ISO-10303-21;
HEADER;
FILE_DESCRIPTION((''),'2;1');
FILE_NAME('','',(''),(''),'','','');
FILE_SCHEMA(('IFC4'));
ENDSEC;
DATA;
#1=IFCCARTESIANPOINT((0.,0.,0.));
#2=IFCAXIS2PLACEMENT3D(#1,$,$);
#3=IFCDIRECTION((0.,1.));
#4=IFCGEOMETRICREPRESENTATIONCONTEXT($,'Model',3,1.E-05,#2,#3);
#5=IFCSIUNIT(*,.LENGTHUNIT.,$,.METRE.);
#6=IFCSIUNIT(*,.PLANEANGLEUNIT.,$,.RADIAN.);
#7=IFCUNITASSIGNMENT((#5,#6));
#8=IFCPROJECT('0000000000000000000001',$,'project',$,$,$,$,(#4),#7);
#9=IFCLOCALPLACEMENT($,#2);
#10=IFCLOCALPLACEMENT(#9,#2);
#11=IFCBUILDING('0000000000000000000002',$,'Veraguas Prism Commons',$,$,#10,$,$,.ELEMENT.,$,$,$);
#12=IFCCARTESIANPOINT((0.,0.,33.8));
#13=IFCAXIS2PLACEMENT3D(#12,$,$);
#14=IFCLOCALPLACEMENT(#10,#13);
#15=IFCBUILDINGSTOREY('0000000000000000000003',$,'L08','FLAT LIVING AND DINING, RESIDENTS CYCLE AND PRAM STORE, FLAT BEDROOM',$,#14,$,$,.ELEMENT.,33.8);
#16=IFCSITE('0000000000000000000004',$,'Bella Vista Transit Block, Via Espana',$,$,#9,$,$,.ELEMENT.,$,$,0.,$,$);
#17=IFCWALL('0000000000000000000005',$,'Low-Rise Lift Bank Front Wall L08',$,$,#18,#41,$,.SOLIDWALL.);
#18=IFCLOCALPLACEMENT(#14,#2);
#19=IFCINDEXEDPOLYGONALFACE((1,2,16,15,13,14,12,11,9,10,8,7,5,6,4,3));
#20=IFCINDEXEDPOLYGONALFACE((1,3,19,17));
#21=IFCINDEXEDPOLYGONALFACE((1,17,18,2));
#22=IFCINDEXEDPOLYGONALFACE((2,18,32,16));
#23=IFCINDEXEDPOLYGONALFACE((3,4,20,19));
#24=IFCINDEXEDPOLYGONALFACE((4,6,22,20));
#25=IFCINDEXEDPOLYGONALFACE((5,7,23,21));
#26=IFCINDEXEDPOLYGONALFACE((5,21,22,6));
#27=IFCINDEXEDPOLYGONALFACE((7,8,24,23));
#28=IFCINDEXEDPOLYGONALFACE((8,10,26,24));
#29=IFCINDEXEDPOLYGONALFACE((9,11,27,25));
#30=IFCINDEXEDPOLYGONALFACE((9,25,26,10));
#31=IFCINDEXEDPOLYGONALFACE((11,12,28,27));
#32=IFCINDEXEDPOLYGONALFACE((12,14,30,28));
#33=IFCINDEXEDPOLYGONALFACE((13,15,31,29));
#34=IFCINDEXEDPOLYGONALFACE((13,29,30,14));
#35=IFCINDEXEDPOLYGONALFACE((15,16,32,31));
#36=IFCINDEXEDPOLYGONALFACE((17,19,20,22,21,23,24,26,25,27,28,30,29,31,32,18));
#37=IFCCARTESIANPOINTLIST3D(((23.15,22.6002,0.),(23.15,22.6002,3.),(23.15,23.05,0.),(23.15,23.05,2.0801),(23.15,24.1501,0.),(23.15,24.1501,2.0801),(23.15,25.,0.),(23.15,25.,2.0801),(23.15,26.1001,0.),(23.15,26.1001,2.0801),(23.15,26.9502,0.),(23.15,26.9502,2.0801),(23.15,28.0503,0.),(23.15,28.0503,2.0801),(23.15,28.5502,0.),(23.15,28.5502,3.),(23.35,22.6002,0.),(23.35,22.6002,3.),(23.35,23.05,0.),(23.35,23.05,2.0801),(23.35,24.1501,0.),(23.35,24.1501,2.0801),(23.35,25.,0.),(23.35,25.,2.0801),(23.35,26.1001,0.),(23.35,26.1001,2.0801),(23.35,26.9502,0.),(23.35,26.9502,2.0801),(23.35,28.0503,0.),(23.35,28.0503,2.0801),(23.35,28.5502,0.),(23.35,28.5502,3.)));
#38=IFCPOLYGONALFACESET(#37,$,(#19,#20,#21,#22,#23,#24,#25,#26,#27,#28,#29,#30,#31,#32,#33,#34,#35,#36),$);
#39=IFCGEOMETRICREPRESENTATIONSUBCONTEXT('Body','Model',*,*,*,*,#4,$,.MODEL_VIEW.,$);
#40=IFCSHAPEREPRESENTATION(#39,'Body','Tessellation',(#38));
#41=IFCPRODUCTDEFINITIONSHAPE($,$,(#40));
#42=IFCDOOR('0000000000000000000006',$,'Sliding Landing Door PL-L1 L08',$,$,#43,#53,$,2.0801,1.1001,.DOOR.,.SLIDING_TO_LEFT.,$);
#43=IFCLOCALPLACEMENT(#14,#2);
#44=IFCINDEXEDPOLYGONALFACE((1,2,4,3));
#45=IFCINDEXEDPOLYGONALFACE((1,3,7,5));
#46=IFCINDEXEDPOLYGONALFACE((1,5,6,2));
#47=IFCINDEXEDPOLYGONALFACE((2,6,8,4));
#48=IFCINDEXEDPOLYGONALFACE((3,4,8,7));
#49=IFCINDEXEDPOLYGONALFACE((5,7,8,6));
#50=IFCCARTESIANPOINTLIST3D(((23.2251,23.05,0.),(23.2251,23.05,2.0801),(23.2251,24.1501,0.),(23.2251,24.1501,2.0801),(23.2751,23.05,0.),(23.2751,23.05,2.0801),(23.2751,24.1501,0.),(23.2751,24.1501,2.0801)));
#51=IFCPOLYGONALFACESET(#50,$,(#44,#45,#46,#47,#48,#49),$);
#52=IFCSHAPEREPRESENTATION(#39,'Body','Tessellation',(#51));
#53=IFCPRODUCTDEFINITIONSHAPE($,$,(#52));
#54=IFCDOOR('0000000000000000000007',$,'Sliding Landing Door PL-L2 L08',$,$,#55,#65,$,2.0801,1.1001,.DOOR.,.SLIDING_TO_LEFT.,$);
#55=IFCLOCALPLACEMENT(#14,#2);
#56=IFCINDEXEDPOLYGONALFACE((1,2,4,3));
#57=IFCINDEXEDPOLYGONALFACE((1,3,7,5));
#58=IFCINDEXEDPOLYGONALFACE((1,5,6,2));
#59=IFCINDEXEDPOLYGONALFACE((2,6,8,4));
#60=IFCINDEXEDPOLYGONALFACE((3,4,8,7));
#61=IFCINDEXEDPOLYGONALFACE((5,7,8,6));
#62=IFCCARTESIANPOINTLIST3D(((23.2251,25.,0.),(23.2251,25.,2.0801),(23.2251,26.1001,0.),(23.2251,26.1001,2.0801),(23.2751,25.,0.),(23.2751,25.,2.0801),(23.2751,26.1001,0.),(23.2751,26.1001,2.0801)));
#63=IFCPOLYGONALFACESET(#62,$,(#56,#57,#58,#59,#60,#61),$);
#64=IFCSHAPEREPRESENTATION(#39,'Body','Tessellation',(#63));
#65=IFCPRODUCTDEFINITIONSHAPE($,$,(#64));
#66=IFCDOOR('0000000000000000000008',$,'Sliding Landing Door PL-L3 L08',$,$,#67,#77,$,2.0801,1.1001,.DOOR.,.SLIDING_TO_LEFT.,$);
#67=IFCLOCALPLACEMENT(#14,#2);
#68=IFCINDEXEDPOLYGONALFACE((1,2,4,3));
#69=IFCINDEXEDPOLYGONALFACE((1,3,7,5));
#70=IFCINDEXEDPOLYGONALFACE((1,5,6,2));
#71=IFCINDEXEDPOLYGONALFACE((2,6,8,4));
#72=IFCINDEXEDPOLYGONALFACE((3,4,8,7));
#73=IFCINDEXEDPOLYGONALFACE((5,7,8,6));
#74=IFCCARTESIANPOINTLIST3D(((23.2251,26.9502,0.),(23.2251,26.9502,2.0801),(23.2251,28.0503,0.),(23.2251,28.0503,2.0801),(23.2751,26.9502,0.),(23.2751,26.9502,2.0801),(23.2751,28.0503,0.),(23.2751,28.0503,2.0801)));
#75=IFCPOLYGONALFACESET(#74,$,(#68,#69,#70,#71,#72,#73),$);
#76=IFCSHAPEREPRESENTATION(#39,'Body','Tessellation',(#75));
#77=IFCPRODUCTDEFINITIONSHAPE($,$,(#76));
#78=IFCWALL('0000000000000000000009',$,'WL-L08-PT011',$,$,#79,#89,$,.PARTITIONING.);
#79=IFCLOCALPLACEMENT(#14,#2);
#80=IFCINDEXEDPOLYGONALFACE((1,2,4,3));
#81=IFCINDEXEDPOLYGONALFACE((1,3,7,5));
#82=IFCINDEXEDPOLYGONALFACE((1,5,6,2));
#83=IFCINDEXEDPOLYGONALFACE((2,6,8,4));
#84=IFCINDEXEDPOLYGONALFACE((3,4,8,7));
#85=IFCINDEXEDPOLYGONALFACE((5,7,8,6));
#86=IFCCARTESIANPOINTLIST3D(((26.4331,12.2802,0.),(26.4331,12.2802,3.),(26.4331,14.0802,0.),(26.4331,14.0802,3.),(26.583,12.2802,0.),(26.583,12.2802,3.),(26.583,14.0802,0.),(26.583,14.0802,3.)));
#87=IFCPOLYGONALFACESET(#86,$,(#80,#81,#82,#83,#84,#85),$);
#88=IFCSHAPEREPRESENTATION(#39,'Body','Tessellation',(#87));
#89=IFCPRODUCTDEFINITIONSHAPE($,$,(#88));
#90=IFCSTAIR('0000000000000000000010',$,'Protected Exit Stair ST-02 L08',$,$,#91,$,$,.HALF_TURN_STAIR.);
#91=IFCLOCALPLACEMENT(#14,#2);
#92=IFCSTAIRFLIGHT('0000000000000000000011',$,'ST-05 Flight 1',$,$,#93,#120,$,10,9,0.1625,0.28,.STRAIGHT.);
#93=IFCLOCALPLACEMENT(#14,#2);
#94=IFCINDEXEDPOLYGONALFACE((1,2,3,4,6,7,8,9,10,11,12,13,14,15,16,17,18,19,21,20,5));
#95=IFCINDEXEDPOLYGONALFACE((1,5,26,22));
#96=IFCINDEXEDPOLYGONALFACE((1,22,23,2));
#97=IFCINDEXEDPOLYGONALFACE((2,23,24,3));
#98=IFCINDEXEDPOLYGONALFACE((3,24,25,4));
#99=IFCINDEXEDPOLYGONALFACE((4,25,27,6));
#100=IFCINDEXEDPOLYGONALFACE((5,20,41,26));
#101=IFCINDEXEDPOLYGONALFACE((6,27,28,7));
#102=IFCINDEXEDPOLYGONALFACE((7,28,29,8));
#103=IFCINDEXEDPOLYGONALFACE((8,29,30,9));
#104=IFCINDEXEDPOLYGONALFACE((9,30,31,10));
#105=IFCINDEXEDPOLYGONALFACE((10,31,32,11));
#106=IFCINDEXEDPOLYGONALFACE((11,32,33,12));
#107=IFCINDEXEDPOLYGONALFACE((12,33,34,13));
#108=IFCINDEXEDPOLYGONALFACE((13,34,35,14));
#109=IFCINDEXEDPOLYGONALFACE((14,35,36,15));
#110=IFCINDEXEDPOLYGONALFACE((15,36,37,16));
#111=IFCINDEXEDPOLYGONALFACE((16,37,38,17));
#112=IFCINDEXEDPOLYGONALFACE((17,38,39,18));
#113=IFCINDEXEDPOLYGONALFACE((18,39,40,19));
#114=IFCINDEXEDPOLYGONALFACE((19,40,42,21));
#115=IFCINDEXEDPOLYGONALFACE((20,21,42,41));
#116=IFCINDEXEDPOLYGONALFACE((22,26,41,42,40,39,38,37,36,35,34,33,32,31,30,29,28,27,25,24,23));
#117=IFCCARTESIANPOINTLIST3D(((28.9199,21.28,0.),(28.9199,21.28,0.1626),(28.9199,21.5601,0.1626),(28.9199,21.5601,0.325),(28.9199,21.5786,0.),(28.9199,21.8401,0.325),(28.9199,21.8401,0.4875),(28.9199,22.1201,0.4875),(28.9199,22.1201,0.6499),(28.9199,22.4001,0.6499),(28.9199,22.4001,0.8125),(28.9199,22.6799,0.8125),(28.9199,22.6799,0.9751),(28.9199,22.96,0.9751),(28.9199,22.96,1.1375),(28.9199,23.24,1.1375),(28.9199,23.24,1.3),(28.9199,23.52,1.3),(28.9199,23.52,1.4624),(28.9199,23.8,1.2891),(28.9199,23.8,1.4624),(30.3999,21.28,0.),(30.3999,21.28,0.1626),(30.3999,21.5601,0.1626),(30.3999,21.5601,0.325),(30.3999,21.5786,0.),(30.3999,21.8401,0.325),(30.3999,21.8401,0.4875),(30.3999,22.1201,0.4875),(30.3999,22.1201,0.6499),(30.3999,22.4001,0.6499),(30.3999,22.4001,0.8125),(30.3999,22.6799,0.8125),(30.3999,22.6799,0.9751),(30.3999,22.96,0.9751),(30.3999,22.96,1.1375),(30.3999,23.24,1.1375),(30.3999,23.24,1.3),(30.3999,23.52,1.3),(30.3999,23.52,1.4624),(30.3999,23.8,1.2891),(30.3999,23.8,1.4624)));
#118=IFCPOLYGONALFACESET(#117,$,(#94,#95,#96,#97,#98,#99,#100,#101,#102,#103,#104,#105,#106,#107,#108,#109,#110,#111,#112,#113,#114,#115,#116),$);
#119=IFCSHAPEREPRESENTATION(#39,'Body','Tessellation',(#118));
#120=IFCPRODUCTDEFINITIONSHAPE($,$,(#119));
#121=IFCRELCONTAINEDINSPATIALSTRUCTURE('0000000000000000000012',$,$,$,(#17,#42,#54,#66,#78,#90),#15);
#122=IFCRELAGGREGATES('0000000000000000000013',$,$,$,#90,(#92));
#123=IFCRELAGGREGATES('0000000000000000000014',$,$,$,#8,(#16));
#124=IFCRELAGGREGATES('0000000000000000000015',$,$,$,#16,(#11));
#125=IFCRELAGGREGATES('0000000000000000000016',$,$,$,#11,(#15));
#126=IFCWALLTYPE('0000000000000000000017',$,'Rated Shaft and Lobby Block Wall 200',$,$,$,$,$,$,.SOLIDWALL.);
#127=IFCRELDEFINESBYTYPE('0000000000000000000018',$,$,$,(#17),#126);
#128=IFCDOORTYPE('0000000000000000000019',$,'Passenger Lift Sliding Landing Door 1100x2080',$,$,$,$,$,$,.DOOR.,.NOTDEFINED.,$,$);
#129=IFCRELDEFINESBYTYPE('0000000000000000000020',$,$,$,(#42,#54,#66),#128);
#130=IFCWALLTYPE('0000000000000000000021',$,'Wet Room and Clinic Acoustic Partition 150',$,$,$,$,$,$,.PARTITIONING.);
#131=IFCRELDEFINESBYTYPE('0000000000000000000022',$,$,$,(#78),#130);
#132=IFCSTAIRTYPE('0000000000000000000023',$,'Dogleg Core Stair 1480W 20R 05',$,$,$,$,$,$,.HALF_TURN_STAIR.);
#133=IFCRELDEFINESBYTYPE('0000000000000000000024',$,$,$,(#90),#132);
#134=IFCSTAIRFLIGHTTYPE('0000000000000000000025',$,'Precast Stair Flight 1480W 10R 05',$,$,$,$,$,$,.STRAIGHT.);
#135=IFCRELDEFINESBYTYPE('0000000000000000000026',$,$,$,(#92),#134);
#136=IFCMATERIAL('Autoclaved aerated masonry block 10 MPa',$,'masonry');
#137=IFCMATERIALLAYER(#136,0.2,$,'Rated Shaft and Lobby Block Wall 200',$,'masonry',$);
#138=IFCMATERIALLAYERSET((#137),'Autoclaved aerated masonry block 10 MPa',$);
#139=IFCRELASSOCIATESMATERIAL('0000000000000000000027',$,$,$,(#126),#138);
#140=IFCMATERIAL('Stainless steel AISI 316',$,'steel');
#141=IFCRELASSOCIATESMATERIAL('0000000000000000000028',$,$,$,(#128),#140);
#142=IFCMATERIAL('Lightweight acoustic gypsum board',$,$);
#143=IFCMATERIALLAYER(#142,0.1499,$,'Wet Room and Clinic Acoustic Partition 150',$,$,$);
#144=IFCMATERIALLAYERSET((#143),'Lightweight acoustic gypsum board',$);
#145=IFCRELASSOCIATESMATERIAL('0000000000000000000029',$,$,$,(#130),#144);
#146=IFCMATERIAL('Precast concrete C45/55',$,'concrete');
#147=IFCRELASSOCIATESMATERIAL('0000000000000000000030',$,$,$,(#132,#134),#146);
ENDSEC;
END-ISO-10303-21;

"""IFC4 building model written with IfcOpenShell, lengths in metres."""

from ifc_helpers import new_model, si_unit, direction, frame, frame_2d, origin, place, context, subcontext, project, spatial, polyline, rectangle, outline, extrude, source, transform, mapped, material, layer, layer_set, type_object, element, fill, aggregate, save


model = new_model("IFC4")

# Units and contexts
model_context = context("Model", 3, precision=1e-05, world=origin(), true_north=direction((0.0, 1.0)))
body_context = subcontext(model_context, "Body", "Model", "MODEL_VIEW")
ifc_project = project(units=[si_unit("LENGTHUNIT", "METRE"), si_unit("PLANEANGLEUNIT", "RADIAN")], contexts=[model_context])

# Site, building, storey
site_placement = place(None, origin())
site = spatial("IfcSite", under=ifc_project, at=site_placement, Name="Bella Vista Transit Block, Via Espana", CompositionType="ELEMENT", RefElevation=0.0)
building_placement = place(site_placement, origin())
building = spatial("IfcBuilding", under=site, at=building_placement, Name="Veraguas Prism Commons", CompositionType="ELEMENT")
storey_placement = place(building_placement, frame((0.0, 0.0, 33.8)))
storey = spatial("IfcBuildingStorey", under=building, at=storey_placement, Name="L08", Description="FLAT LIVING AND DINING, RESIDENTS CYCLE AND PRAM STORE, FLAT BEDROOM", CompositionType="ELEMENT", Elevation=33.8)

# Shared definitions
ifc_material_1 = material(Name="Autoclaved aerated masonry block 10 MPa", Category="masonry")

# Shared definitions
ifc_material_2 = material(Name="Lightweight acoustic gypsum board")
ifc_layer_1 = layer(ifc_material_1, 0.2, Name="Rated Shaft and Lobby Block Wall 200", Category="masonry")
ifc_layer_set_1 = layer_set([ifc_layer_1], Name="Autoclaved aerated masonry block 10 MPa")
wall_type_1 = type_object("IfcWallType", Name="Rated Shaft and Lobby Block Wall 200", PredefinedType="SOLIDWALL", material=ifc_layer_set_1)
ifc_material_3 = material(Name="Stainless steel AISI 316", Category="steel")

# Wall, openings, doors
wall_1_placement = place(storey_placement, frame((23.25, 22.6001, 0.0), z_axis=(0.0, 0.0, 1.0), x_axis=(0.0, 1.0, 0.0)))
wall_1 = element("IfcWall", 1, at=wall_1_placement, inside=storey, type_object=wall_type_1, Name="Low-Rise Lift Bank Front Wall L08", PredefinedType="SOLIDWALL", context=body_context, shape_type="SweptSolid", body=[
    extrude(rectangle(XDim=5.95, YDim=0.2, at=frame_2d((2.9751, 0.0))), origin(), (0.0, 0.0, 1.0), 3.0),
])
opening_1_placement = place(wall_1_placement, frame((0.45, 0.0, 0.0)))
opening_1 = element("IfcOpeningElement", 2, at=opening_1_placement, cuts=wall_1, PredefinedType="OPENING", context=body_context, shape_type="SweptSolid", body=[
    extrude(rectangle(XDim=1.1001, YDim=2.0801, at=frame_2d((0.55, 1.04))), frame((0.0, 0.1099, 0.0), z_axis=(0.0, -1.0, 0.0), x_axis=(1.0, 0.0, 0.0)), (0.0, 0.0, 1.0), 0.22),
])
opening_2_placement = place(wall_1_placement, frame((2.3999, 0.0, 0.0)))
opening_2 = element("IfcOpeningElement", 3, at=opening_2_placement, cuts=wall_1, PredefinedType="OPENING", context=body_context, shape_type="SweptSolid", body=[
    extrude(rectangle(XDim=1.1001, YDim=2.0801, at=frame_2d((0.55, 1.04))), frame((0.0, 0.1099, 0.0), z_axis=(0.0, -1.0, 0.0), x_axis=(1.0, 0.0, 0.0)), (0.0, 0.0, 1.0), 0.22),
])
opening_3_placement = place(wall_1_placement, frame((4.3501, 0.0, 0.0)))
opening_3 = element("IfcOpeningElement", 4, at=opening_3_placement, cuts=wall_1, PredefinedType="OPENING", context=body_context, shape_type="SweptSolid", body=[
    extrude(rectangle(XDim=1.1001, YDim=2.0801, at=frame_2d((0.55, 1.04))), frame((0.0, 0.1099, 0.0), z_axis=(0.0, -1.0, 0.0), x_axis=(1.0, 0.0, 0.0)), (0.0, 0.0, 1.0), 0.22),
])
door_type_1 = type_object("IfcDoorType", Name="Passenger Lift Sliding Landing Door 1100x2080", OperationType="NOTDEFINED", PredefinedType="DOOR", material=ifc_material_3)
shared_shape_1 = source(origin(), body_context, "Body", "SweptSolid", [
    extrude(rectangle(XDim=1.1001, YDim=2.0801, at=frame_2d((0.55, 1.04))), frame((0.0, 0.0249, 0.0), z_axis=(0.0, -1.0, 0.0), x_axis=(1.0, 0.0, 0.0)), (0.0, 0.0, 1.0), 0.05),
])
door_1_placement = place(opening_1_placement, origin())
door_1 = element("IfcDoor", 5, at=door_1_placement, inside=storey, type_object=door_type_1, Name="Sliding Landing Door PL-L1 L08", OperationType="SLIDING_TO_LEFT", OverallHeight=2.0801, OverallWidth=1.1001, PredefinedType="DOOR", context=body_context, shape_type="MappedRepresentation", body=[
    mapped(shared_shape_1, transform((0.0, 0.0, 0.0), scale=1.0)),
])
fill(opening_1, door_1)
door_2_placement = place(opening_2_placement, origin())
door_2 = element("IfcDoor", 6, at=door_2_placement, inside=storey, type_object=door_type_1, Name="Sliding Landing Door PL-L2 L08", OperationType="SLIDING_TO_LEFT", OverallHeight=2.0801, OverallWidth=1.1001, PredefinedType="DOOR", context=body_context, shape_type="MappedRepresentation", body=[
    mapped(shared_shape_1, transform((0.0, 0.0, 0.0), scale=1.0)),
])
fill(opening_2, door_2)
door_3_placement = place(opening_3_placement, origin())
door_3 = element("IfcDoor", 7, at=door_3_placement, inside=storey, type_object=door_type_1, Name="Sliding Landing Door PL-L3 L08", OperationType="SLIDING_TO_LEFT", OverallHeight=2.0801, OverallWidth=1.1001, PredefinedType="DOOR", context=body_context, shape_type="MappedRepresentation", body=[
    mapped(shared_shape_1, transform((0.0, 0.0, 0.0), scale=1.0)),
])
fill(opening_3, door_3)

# Wall
ifc_layer_2 = layer(ifc_material_2, 0.1499, Name="Wet Room and Clinic Acoustic Partition 150")
ifc_layer_set_2 = layer_set([ifc_layer_2], Name="Lightweight acoustic gypsum board")
wall_type_2 = type_object("IfcWallType", Name="Wet Room and Clinic Acoustic Partition 150", PredefinedType="PARTITIONING", material=ifc_layer_set_2)
wall_2_placement = place(storey_placement, frame((26.5081, 14.0801, 0.0), z_axis=(0.0, 0.0, 1.0), x_axis=(0.0, -1.0, 0.0)))
element("IfcWall", 8, at=wall_2_placement, inside=storey, type_object=wall_type_2, Name="WL-L08-PT011", PredefinedType="PARTITIONING", context=body_context, shape_type="SweptSolid", body=[
    extrude(rectangle(XDim=1.8, YDim=0.1499, at=frame_2d((0.8999, 0.0))), origin(), (0.0, 0.0, 1.0), 3.0),
])

# Stair, stair flight
ifc_material_4 = material(Name="Precast concrete C45/55", Category="concrete")
stair_type = type_object("IfcStairType", Name="Dogleg Core Stair 1480W 20R 05", PredefinedType="HALF_TURN_STAIR", material=ifc_material_4)
stair_placement = place(storey_placement, origin())
stair = element("IfcStair", 9, at=stair_placement, inside=storey, type_object=stair_type, Name="Protected Exit Stair ST-02 L08", PredefinedType="HALF_TURN_STAIR")
stair_flight_type = type_object("IfcStairFlightType", Name="Precast Stair Flight 1480W 10R 05", PredefinedType="STRAIGHT", material=ifc_material_4)
stair_flight_placement = place(storey_placement, frame((29.6599, 21.28, 0.0), z_axis=(0.0, 0.0, 1.0), x_axis=(0.0, 1.0, 0.0)))
stair_flight = element("IfcStairFlight", 10, at=stair_flight_placement, type_object=stair_flight_type, Name="ST-05 Flight 1", NumberOfRisers=10, NumberOfTreads=9, PredefinedType="STRAIGHT", RiserHeight=0.1625, TreadLength=0.28, context=body_context, shape_type="SweptSolid", body=[
    extrude(outline(polyline([(0.0, 0.0), (0.0, 0.1626), (0.28, 0.1626), (0.28, 0.325), (0.5601, 0.325), (0.5601, 0.4875), (0.8401, 0.4875), (0.8401, 0.6499), (1.1201, 0.6499), (1.1201, 0.8125), (1.3999, 0.8125), (1.3999, 0.9751), (1.6799, 0.9751), (1.6799, 1.1375), (1.96, 1.1375), (1.96, 1.3), (2.24, 1.3), (2.24, 1.4624), (2.52, 1.4624), (2.52, 1.625), (2.52, 1.2891), (0.2986, 0.0), (0.0, 0.0)])), frame((0.0, 0.74, 0.0), z_axis=(0.0, -1.0, 0.0), x_axis=(1.0, 0.0, 0.0)), (0.0, 0.0, 1.0), 1.48),
])
aggregate(stair, [stair_flight])

save(model, "model.ifc")
